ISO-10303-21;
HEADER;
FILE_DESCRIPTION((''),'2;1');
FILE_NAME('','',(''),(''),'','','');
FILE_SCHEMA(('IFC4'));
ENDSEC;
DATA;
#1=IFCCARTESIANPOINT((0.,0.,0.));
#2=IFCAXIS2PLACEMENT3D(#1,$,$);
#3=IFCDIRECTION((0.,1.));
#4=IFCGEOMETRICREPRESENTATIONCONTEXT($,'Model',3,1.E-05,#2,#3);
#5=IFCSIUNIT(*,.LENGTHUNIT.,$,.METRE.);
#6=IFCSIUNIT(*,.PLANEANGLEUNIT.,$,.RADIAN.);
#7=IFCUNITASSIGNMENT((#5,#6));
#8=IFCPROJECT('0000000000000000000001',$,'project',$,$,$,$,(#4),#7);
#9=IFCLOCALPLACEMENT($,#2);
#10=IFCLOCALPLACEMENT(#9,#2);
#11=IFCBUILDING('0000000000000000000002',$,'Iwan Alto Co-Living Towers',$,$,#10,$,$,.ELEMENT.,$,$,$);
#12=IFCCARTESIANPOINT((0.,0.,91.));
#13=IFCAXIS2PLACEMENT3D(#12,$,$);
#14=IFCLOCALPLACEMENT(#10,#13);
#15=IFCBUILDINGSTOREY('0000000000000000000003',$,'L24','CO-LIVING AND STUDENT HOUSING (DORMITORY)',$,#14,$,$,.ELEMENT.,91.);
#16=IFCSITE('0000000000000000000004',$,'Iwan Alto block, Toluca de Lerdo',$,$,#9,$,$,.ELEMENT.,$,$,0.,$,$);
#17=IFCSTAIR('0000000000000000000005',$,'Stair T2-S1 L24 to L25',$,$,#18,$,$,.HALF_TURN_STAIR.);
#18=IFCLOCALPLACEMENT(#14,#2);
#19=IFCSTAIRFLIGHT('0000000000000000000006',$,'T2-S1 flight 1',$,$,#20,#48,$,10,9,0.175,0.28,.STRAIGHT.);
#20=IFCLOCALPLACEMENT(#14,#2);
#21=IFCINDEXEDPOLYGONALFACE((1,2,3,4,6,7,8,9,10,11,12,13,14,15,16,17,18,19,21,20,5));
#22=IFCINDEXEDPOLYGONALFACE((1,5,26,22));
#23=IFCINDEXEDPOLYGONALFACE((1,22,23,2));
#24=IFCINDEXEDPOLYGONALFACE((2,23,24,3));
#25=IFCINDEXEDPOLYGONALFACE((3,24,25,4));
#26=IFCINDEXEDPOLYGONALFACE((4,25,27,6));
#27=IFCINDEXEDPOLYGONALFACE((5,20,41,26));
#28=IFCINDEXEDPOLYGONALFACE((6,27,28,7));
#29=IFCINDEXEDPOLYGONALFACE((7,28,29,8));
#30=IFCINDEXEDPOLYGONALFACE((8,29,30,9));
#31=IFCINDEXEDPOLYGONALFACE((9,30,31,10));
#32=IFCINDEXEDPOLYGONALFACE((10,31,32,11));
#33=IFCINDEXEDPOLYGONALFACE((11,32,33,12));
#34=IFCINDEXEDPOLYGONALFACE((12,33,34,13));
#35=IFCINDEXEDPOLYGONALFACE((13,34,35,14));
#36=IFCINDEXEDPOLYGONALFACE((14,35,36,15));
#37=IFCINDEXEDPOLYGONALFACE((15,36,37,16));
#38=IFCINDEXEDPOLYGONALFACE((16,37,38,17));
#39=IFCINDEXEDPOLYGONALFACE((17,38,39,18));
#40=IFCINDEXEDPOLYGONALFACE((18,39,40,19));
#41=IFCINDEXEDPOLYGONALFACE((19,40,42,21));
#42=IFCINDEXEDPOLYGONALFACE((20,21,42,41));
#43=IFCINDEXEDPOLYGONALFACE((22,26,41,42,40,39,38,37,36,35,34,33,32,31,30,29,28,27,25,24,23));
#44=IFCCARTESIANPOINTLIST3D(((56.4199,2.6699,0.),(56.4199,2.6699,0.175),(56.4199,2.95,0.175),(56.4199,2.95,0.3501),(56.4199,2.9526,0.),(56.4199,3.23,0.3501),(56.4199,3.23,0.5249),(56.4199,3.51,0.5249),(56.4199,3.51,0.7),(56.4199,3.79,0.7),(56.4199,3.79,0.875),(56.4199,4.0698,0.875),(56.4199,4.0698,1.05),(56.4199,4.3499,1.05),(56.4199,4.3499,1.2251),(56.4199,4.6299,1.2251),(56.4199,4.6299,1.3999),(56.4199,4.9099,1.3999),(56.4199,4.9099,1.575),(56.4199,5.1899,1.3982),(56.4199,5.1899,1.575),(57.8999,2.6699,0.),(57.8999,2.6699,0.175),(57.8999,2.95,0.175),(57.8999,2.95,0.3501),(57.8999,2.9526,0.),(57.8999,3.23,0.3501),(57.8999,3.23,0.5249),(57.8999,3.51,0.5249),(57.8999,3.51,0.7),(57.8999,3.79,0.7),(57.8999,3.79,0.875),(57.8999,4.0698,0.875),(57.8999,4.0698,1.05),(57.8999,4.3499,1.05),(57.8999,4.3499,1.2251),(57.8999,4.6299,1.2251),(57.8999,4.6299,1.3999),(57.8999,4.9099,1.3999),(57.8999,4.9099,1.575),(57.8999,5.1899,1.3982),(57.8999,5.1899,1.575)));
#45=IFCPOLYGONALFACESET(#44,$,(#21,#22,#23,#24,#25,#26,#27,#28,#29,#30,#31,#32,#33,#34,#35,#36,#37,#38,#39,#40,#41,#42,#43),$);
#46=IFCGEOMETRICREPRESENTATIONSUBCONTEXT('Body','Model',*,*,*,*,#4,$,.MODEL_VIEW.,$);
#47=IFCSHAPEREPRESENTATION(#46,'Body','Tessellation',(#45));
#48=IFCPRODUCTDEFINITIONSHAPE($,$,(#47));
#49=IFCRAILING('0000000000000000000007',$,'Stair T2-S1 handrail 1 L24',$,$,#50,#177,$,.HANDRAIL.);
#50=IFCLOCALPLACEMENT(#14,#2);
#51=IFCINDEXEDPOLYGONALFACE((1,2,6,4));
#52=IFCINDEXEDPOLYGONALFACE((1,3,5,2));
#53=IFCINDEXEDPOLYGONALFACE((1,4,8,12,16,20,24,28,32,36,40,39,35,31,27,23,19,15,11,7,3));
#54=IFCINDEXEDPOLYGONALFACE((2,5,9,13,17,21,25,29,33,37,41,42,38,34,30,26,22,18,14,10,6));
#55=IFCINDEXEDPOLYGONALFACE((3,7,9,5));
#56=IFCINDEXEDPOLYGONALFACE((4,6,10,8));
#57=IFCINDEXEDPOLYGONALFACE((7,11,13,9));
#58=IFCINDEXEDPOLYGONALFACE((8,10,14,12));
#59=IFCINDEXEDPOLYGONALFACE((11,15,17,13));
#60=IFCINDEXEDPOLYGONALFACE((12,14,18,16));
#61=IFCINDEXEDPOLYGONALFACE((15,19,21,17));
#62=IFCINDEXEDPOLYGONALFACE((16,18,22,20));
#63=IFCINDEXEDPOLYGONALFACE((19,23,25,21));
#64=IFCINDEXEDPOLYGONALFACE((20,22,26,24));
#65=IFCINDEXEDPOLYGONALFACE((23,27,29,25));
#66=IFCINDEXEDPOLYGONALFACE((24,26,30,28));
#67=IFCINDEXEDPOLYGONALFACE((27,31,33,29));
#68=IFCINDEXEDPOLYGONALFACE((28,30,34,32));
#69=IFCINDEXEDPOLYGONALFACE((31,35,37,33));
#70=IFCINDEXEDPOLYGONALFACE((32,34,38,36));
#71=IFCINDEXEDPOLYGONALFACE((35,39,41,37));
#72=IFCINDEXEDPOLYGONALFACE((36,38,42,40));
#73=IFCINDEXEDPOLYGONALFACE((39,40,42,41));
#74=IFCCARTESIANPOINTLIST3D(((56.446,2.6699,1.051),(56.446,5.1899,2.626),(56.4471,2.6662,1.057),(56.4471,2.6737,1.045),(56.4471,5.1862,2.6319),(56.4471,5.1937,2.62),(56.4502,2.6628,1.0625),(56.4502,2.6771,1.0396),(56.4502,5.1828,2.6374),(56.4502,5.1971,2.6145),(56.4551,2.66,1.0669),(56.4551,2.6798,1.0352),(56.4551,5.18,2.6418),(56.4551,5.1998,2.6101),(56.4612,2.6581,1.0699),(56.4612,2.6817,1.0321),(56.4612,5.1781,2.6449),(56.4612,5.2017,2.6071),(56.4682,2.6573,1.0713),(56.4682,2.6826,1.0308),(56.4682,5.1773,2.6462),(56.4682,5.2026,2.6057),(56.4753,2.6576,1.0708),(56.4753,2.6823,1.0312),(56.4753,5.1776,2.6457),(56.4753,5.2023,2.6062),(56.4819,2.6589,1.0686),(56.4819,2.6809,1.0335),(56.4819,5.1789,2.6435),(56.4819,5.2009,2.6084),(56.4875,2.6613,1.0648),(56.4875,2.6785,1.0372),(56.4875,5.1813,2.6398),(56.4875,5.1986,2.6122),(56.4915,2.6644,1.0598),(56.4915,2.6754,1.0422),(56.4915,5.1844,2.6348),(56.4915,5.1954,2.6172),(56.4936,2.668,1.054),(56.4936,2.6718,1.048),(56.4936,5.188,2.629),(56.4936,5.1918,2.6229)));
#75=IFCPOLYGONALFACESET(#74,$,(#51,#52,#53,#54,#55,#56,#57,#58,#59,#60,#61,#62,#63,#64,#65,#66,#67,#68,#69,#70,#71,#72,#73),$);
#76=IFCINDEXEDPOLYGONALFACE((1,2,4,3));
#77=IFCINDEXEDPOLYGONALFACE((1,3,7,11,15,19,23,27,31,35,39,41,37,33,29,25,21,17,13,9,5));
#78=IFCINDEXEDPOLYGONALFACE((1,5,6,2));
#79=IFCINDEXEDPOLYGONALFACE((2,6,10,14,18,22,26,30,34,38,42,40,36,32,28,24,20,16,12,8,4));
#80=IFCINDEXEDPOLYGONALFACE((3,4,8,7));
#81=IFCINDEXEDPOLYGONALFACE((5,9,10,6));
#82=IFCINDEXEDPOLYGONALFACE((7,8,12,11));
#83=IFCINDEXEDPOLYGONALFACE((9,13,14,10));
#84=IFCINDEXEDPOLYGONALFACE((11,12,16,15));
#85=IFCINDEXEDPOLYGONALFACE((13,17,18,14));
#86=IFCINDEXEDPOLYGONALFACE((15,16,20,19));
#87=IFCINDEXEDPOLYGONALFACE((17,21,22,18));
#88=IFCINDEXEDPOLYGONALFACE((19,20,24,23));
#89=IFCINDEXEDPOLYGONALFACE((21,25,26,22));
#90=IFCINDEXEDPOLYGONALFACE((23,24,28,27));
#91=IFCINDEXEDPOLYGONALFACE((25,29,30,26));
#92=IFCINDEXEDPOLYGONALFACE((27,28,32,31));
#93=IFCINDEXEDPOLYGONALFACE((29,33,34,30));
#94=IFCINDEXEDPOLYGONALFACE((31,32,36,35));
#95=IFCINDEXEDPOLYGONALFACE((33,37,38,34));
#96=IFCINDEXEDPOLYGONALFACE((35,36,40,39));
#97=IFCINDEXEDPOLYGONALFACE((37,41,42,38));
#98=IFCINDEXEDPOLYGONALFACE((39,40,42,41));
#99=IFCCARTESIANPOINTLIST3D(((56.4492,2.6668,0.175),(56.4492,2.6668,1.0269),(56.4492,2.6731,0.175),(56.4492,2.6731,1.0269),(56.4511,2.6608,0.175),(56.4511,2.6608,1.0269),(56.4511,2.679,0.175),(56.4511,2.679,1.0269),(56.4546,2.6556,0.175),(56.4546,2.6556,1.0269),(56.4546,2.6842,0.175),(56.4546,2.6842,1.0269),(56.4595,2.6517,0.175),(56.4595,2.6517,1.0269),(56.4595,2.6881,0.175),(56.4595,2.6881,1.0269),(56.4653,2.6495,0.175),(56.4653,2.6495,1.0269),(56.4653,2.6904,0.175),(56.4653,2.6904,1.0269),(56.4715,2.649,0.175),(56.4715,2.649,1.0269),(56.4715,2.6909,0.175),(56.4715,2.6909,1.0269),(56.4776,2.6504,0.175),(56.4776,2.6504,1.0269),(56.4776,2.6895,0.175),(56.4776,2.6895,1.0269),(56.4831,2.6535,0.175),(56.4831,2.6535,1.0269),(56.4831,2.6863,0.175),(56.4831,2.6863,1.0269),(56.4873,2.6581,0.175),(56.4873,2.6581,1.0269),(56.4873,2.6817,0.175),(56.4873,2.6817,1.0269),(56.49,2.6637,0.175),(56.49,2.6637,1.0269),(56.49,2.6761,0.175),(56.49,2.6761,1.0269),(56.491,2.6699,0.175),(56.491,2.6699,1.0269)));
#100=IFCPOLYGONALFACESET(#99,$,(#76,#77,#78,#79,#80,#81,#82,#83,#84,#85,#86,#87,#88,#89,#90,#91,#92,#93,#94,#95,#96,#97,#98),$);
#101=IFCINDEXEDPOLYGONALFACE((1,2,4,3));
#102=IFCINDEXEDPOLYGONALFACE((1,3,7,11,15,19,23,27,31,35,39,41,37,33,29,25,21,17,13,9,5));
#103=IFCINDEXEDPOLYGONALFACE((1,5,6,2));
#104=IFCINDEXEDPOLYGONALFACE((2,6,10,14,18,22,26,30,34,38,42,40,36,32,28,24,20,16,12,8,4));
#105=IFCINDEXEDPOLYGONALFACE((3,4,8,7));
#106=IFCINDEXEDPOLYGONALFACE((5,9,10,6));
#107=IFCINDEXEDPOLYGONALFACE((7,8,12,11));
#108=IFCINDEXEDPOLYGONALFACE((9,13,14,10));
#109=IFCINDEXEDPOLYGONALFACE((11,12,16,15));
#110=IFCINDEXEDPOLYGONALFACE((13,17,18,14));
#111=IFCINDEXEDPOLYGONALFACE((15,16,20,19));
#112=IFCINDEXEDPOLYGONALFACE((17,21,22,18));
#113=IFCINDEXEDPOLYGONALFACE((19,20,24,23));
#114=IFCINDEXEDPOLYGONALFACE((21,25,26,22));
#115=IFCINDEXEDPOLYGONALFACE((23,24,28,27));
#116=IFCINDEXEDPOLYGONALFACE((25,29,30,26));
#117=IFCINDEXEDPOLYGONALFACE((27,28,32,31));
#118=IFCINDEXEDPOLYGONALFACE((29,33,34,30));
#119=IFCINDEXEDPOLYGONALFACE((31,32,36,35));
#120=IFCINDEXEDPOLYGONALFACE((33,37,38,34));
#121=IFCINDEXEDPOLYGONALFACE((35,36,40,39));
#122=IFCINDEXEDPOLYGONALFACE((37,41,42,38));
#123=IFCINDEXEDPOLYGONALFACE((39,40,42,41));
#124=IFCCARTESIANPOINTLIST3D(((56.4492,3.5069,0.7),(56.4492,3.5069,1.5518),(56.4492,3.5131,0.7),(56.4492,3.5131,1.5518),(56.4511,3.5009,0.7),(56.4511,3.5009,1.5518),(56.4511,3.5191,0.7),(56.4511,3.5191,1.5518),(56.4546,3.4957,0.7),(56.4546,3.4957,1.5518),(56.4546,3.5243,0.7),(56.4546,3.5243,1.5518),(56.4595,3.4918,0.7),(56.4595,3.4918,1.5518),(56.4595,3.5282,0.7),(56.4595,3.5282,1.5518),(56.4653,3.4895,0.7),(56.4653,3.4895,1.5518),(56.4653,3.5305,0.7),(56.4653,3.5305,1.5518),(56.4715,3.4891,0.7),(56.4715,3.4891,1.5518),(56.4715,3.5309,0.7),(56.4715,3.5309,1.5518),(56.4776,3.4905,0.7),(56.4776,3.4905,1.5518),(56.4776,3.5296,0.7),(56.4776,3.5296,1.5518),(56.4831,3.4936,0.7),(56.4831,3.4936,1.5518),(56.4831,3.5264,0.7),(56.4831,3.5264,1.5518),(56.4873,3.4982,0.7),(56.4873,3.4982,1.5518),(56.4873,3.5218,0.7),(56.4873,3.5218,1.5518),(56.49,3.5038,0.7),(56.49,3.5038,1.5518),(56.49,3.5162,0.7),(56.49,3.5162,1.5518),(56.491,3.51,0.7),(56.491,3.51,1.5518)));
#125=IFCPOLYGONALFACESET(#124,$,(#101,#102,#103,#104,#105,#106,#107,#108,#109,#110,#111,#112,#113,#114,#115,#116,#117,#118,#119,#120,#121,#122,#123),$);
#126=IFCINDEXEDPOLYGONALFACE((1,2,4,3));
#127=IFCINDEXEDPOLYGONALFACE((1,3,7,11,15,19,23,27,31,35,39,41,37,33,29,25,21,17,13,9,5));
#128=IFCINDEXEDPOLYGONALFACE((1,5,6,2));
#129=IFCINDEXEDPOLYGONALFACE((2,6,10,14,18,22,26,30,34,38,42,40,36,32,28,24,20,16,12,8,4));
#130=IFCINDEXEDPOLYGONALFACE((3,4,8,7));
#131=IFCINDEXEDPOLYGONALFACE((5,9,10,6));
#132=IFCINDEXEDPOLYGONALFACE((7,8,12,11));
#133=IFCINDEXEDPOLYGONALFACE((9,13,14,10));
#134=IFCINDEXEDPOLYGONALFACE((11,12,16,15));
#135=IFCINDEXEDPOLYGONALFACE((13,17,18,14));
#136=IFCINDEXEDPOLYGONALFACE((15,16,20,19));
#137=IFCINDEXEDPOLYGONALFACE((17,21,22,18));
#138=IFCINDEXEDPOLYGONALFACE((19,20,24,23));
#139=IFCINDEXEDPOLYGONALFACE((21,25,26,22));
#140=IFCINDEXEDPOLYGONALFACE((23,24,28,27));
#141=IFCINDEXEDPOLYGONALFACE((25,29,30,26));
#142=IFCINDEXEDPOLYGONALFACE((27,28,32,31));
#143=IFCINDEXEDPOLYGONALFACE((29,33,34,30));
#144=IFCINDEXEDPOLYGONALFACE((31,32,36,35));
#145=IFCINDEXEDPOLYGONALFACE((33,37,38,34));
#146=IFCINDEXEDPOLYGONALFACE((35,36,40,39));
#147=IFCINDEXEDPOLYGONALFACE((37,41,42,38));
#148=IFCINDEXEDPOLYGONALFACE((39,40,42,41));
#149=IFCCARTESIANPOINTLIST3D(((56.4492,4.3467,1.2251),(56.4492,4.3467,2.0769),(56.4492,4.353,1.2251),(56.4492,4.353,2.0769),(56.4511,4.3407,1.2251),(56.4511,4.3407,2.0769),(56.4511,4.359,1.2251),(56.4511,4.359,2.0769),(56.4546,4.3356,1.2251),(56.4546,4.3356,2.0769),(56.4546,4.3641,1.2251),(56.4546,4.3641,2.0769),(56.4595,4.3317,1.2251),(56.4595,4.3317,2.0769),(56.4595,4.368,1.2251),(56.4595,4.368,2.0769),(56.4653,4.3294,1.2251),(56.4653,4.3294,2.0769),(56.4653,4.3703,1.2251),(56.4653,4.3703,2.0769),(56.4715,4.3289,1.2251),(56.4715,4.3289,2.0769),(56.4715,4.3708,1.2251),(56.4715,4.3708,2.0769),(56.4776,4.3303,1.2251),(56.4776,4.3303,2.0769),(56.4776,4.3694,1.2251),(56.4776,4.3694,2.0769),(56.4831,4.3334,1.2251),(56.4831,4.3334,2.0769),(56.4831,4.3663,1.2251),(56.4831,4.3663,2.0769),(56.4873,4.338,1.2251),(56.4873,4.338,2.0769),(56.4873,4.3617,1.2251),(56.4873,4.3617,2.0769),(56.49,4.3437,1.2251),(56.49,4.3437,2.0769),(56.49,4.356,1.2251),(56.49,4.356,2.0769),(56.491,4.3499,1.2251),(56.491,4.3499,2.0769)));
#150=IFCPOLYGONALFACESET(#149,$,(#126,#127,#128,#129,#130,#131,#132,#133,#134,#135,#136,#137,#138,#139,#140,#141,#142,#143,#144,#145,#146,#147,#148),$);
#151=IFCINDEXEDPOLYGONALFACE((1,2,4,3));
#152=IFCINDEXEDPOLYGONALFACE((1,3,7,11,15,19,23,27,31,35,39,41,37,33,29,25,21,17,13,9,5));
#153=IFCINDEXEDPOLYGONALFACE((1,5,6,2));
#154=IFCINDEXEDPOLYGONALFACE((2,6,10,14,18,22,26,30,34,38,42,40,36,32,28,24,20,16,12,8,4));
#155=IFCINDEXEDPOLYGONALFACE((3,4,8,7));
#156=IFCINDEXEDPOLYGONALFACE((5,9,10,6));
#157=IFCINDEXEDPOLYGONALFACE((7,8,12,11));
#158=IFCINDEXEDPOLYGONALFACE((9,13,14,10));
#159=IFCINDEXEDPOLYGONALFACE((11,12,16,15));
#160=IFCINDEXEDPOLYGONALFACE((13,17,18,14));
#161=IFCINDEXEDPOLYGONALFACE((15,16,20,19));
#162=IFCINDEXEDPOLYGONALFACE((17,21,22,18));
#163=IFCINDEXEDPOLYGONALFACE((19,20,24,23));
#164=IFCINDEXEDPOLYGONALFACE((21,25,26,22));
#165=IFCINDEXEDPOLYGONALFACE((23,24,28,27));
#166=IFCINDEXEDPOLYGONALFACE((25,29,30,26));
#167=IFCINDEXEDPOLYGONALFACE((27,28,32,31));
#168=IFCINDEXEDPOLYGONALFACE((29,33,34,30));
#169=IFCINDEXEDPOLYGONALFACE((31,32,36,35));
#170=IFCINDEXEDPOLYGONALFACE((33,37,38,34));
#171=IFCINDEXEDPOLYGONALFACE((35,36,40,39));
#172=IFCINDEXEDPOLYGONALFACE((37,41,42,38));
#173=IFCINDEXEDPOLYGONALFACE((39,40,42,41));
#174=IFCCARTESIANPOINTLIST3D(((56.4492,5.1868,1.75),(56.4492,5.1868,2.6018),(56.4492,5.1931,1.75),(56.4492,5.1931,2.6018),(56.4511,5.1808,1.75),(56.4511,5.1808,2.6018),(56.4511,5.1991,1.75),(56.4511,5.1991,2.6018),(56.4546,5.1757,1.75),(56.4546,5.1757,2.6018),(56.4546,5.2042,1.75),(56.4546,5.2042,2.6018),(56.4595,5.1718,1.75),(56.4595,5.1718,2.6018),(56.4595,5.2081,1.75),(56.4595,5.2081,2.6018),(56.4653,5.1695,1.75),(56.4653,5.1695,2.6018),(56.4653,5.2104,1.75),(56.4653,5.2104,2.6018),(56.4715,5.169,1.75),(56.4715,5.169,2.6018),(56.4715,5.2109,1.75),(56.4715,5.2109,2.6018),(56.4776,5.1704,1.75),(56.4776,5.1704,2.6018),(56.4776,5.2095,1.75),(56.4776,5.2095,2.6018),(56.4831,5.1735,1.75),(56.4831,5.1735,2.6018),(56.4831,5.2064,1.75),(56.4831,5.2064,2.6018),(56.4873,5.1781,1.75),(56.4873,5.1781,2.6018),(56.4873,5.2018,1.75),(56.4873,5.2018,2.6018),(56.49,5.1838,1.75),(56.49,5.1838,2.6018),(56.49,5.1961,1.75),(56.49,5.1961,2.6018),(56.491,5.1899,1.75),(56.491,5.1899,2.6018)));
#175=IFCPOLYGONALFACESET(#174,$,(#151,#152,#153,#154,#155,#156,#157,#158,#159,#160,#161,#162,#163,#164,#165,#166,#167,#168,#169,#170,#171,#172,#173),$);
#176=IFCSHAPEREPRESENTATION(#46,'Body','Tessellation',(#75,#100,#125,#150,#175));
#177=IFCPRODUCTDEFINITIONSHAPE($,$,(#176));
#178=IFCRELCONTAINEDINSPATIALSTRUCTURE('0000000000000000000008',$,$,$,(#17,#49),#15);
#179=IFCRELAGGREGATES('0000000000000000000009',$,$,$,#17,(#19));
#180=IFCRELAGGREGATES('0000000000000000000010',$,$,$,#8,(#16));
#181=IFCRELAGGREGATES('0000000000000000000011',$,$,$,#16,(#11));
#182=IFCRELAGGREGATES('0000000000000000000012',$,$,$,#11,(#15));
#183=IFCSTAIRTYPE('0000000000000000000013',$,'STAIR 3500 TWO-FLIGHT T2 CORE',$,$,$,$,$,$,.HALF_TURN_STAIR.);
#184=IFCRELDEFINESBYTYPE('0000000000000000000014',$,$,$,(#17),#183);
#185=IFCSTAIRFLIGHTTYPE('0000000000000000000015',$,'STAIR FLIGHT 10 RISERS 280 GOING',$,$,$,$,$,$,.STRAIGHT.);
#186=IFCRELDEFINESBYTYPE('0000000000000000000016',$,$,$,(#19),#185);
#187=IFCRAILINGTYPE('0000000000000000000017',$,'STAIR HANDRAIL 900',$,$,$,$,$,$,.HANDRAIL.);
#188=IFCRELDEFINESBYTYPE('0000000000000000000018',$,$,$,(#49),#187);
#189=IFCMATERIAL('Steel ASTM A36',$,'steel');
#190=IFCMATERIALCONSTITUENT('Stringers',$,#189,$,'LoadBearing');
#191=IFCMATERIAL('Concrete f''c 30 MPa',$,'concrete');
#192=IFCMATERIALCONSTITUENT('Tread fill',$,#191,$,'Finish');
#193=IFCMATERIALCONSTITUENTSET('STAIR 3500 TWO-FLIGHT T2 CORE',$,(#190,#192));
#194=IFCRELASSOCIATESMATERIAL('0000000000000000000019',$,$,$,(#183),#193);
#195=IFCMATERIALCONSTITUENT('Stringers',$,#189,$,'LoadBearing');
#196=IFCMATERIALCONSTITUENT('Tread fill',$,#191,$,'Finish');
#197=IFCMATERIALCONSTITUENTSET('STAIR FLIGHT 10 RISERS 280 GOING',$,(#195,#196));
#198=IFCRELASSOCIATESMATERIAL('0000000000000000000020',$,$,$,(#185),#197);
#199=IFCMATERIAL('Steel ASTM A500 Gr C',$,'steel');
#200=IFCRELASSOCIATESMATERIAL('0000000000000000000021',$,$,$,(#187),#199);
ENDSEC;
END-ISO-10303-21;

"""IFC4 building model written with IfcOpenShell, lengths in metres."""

from ifc_helpers import new_model, si_unit, direction, frame, origin, origin_2d, place, context, subcontext, project, spatial, polyline, circle, outline, extrude, material, constituent, constituent_set, type_object, element, aggregate, save


model = new_model("IFC4")

# Units and contexts
model_context = context("Model", 3, precision=1e-05, world=origin(), true_north=direction((0.0, 1.0)))
body_context = subcontext(model_context, "Body", "Model", "MODEL_VIEW")
ifc_project = project(units=[si_unit("LENGTHUNIT", "METRE"), si_unit("PLANEANGLEUNIT", "RADIAN")], contexts=[model_context])

# Site, building, storey
site_placement = place(None, origin())
site = spatial("IfcSite", under=ifc_project, at=site_placement, Name="Iwan Alto block, Toluca de Lerdo", CompositionType="ELEMENT", RefElevation=0.0)
building_placement = place(site_placement, origin())
building = spatial("IfcBuilding", under=site, at=building_placement, Name="Iwan Alto Co-Living Towers", CompositionType="ELEMENT")
storey_placement = place(building_placement, frame((0.0, 0.0, 91.0)))
storey = spatial("IfcBuildingStorey", under=building, at=storey_placement, Name="L24", Description="CO-LIVING AND STUDENT HOUSING (DORMITORY)", CompositionType="ELEMENT", Elevation=91.0)

# Stair, stair flight
ifc_material_1 = material(Name="Steel ASTM A36", Category="steel")
ifc_constituent_1 = constituent(ifc_material_1, Name="Stringers", Category="LoadBearing")
ifc_material_2 = material(Name="Concrete f'c 30 MPa", Category="concrete")
ifc_constituent_2 = constituent(ifc_material_2, Name="Tread fill", Category="Finish")
ifc_constituent_set_1 = constituent_set(constituents=[ifc_constituent_1, ifc_constituent_2], Name="STAIR 3500 TWO-FLIGHT T2 CORE")
stair_type = type_object("IfcStairType", Name="STAIR 3500 TWO-FLIGHT T2 CORE", PredefinedType="HALF_TURN_STAIR", material=ifc_constituent_set_1)
stair_placement = place(storey_placement, origin())
stair = element("IfcStair", 1, at=stair_placement, inside=storey, type_object=stair_type, Name="Stair T2-S1 L24 to L25", PredefinedType="HALF_TURN_STAIR")
ifc_constituent_3 = constituent(ifc_material_1, Name="Stringers", Category="LoadBearing")
ifc_constituent_4 = constituent(ifc_material_2, Name="Tread fill", Category="Finish")
ifc_constituent_set_2 = constituent_set(constituents=[ifc_constituent_3, ifc_constituent_4], Name="STAIR FLIGHT 10 RISERS 280 GOING")
stair_flight_type = type_object("IfcStairFlightType", Name="STAIR FLIGHT 10 RISERS 280 GOING", PredefinedType="STRAIGHT", material=ifc_constituent_set_2)
stair_flight_placement = place(storey_placement, frame((57.1599, 2.6699, 0.0), z_axis=(0.0, 0.0, 1.0), x_axis=(0.0, 1.0, 0.0)))
stair_flight = element("IfcStairFlight", 2, at=stair_flight_placement, type_object=stair_flight_type, Name="T2-S1 flight 1", NumberOfRisers=10, NumberOfTreads=9, PredefinedType="STRAIGHT", RiserHeight=0.175, TreadLength=0.28, context=body_context, shape_type="SweptSolid", body=[
    extrude(outline(polyline([(0.0, 0.0), (0.0, 0.175), (0.28, 0.175), (0.28, 0.3501), (0.5601, 0.3501), (0.5601, 0.5249), (0.8401, 0.5249), (0.8401, 0.7), (1.1201, 0.7), (1.1201, 0.875), (1.3999, 0.875), (1.3999, 1.05), (1.6799, 1.05), (1.6799, 1.2251), (1.96, 1.2251), (1.96, 1.3999), (2.24, 1.3999), (2.24, 1.575), (2.52, 1.575), (2.52, 1.75), (2.52, 1.3982), (0.2827, 0.0), (0.0, 0.0)])), frame((0.0, 0.74, 0.0), z_axis=(0.0, -1.0, 0.0), x_axis=(1.0, 0.0, 0.0)), (0.0, 0.0, 1.0), 1.48),
])
aggregate(stair, [stair_flight])

# Railing
ifc_material_3 = material(Name="Steel ASTM A500 Gr C", Category="steel")
railing_type_1 = type_object("IfcRailingType", Name="STAIR HANDRAIL 900", PredefinedType="HANDRAIL", material=ifc_material_3)
railing_1_placement = place(storey_placement, frame((56.47, 2.6699, 0.175)))
element("IfcRailing", 3, at=railing_1_placement, inside=storey, type_object=railing_type_1, Name="Stair T2-S1 handrail 1 L24", PredefinedType="HANDRAIL", context=body_context, shape_type="SweptSolid", body=[
    extrude(circle(Radius=0.0239, at=origin_2d()), frame((0.0, 0.0, 0.876), z_axis=(0.0, 0.848008, 0.529984), x_axis=(-1.0, 0.0, 0.0)), (0.0, 0.0, 1.0), 2.9717),
    extrude(circle(Radius=0.021, at=origin_2d()), origin(), (0.0, 0.0, 1.0), 0.8518),
    extrude(circle(Radius=0.021, at=origin_2d()), frame((0.0, 0.8401, 0.5249)), (0.0, 0.0, 1.0), 0.8518),
    extrude(circle(Radius=0.021, at=origin_2d()), frame((0.0, 1.6799, 1.05)), (0.0, 0.0, 1.0), 0.8518),
    extrude(circle(Radius=0.021, at=origin_2d()), frame((0.0, 2.52, 1.575)), (0.0, 0.0, 1.0), 0.8518),
])

save(model, "model.ifc")
